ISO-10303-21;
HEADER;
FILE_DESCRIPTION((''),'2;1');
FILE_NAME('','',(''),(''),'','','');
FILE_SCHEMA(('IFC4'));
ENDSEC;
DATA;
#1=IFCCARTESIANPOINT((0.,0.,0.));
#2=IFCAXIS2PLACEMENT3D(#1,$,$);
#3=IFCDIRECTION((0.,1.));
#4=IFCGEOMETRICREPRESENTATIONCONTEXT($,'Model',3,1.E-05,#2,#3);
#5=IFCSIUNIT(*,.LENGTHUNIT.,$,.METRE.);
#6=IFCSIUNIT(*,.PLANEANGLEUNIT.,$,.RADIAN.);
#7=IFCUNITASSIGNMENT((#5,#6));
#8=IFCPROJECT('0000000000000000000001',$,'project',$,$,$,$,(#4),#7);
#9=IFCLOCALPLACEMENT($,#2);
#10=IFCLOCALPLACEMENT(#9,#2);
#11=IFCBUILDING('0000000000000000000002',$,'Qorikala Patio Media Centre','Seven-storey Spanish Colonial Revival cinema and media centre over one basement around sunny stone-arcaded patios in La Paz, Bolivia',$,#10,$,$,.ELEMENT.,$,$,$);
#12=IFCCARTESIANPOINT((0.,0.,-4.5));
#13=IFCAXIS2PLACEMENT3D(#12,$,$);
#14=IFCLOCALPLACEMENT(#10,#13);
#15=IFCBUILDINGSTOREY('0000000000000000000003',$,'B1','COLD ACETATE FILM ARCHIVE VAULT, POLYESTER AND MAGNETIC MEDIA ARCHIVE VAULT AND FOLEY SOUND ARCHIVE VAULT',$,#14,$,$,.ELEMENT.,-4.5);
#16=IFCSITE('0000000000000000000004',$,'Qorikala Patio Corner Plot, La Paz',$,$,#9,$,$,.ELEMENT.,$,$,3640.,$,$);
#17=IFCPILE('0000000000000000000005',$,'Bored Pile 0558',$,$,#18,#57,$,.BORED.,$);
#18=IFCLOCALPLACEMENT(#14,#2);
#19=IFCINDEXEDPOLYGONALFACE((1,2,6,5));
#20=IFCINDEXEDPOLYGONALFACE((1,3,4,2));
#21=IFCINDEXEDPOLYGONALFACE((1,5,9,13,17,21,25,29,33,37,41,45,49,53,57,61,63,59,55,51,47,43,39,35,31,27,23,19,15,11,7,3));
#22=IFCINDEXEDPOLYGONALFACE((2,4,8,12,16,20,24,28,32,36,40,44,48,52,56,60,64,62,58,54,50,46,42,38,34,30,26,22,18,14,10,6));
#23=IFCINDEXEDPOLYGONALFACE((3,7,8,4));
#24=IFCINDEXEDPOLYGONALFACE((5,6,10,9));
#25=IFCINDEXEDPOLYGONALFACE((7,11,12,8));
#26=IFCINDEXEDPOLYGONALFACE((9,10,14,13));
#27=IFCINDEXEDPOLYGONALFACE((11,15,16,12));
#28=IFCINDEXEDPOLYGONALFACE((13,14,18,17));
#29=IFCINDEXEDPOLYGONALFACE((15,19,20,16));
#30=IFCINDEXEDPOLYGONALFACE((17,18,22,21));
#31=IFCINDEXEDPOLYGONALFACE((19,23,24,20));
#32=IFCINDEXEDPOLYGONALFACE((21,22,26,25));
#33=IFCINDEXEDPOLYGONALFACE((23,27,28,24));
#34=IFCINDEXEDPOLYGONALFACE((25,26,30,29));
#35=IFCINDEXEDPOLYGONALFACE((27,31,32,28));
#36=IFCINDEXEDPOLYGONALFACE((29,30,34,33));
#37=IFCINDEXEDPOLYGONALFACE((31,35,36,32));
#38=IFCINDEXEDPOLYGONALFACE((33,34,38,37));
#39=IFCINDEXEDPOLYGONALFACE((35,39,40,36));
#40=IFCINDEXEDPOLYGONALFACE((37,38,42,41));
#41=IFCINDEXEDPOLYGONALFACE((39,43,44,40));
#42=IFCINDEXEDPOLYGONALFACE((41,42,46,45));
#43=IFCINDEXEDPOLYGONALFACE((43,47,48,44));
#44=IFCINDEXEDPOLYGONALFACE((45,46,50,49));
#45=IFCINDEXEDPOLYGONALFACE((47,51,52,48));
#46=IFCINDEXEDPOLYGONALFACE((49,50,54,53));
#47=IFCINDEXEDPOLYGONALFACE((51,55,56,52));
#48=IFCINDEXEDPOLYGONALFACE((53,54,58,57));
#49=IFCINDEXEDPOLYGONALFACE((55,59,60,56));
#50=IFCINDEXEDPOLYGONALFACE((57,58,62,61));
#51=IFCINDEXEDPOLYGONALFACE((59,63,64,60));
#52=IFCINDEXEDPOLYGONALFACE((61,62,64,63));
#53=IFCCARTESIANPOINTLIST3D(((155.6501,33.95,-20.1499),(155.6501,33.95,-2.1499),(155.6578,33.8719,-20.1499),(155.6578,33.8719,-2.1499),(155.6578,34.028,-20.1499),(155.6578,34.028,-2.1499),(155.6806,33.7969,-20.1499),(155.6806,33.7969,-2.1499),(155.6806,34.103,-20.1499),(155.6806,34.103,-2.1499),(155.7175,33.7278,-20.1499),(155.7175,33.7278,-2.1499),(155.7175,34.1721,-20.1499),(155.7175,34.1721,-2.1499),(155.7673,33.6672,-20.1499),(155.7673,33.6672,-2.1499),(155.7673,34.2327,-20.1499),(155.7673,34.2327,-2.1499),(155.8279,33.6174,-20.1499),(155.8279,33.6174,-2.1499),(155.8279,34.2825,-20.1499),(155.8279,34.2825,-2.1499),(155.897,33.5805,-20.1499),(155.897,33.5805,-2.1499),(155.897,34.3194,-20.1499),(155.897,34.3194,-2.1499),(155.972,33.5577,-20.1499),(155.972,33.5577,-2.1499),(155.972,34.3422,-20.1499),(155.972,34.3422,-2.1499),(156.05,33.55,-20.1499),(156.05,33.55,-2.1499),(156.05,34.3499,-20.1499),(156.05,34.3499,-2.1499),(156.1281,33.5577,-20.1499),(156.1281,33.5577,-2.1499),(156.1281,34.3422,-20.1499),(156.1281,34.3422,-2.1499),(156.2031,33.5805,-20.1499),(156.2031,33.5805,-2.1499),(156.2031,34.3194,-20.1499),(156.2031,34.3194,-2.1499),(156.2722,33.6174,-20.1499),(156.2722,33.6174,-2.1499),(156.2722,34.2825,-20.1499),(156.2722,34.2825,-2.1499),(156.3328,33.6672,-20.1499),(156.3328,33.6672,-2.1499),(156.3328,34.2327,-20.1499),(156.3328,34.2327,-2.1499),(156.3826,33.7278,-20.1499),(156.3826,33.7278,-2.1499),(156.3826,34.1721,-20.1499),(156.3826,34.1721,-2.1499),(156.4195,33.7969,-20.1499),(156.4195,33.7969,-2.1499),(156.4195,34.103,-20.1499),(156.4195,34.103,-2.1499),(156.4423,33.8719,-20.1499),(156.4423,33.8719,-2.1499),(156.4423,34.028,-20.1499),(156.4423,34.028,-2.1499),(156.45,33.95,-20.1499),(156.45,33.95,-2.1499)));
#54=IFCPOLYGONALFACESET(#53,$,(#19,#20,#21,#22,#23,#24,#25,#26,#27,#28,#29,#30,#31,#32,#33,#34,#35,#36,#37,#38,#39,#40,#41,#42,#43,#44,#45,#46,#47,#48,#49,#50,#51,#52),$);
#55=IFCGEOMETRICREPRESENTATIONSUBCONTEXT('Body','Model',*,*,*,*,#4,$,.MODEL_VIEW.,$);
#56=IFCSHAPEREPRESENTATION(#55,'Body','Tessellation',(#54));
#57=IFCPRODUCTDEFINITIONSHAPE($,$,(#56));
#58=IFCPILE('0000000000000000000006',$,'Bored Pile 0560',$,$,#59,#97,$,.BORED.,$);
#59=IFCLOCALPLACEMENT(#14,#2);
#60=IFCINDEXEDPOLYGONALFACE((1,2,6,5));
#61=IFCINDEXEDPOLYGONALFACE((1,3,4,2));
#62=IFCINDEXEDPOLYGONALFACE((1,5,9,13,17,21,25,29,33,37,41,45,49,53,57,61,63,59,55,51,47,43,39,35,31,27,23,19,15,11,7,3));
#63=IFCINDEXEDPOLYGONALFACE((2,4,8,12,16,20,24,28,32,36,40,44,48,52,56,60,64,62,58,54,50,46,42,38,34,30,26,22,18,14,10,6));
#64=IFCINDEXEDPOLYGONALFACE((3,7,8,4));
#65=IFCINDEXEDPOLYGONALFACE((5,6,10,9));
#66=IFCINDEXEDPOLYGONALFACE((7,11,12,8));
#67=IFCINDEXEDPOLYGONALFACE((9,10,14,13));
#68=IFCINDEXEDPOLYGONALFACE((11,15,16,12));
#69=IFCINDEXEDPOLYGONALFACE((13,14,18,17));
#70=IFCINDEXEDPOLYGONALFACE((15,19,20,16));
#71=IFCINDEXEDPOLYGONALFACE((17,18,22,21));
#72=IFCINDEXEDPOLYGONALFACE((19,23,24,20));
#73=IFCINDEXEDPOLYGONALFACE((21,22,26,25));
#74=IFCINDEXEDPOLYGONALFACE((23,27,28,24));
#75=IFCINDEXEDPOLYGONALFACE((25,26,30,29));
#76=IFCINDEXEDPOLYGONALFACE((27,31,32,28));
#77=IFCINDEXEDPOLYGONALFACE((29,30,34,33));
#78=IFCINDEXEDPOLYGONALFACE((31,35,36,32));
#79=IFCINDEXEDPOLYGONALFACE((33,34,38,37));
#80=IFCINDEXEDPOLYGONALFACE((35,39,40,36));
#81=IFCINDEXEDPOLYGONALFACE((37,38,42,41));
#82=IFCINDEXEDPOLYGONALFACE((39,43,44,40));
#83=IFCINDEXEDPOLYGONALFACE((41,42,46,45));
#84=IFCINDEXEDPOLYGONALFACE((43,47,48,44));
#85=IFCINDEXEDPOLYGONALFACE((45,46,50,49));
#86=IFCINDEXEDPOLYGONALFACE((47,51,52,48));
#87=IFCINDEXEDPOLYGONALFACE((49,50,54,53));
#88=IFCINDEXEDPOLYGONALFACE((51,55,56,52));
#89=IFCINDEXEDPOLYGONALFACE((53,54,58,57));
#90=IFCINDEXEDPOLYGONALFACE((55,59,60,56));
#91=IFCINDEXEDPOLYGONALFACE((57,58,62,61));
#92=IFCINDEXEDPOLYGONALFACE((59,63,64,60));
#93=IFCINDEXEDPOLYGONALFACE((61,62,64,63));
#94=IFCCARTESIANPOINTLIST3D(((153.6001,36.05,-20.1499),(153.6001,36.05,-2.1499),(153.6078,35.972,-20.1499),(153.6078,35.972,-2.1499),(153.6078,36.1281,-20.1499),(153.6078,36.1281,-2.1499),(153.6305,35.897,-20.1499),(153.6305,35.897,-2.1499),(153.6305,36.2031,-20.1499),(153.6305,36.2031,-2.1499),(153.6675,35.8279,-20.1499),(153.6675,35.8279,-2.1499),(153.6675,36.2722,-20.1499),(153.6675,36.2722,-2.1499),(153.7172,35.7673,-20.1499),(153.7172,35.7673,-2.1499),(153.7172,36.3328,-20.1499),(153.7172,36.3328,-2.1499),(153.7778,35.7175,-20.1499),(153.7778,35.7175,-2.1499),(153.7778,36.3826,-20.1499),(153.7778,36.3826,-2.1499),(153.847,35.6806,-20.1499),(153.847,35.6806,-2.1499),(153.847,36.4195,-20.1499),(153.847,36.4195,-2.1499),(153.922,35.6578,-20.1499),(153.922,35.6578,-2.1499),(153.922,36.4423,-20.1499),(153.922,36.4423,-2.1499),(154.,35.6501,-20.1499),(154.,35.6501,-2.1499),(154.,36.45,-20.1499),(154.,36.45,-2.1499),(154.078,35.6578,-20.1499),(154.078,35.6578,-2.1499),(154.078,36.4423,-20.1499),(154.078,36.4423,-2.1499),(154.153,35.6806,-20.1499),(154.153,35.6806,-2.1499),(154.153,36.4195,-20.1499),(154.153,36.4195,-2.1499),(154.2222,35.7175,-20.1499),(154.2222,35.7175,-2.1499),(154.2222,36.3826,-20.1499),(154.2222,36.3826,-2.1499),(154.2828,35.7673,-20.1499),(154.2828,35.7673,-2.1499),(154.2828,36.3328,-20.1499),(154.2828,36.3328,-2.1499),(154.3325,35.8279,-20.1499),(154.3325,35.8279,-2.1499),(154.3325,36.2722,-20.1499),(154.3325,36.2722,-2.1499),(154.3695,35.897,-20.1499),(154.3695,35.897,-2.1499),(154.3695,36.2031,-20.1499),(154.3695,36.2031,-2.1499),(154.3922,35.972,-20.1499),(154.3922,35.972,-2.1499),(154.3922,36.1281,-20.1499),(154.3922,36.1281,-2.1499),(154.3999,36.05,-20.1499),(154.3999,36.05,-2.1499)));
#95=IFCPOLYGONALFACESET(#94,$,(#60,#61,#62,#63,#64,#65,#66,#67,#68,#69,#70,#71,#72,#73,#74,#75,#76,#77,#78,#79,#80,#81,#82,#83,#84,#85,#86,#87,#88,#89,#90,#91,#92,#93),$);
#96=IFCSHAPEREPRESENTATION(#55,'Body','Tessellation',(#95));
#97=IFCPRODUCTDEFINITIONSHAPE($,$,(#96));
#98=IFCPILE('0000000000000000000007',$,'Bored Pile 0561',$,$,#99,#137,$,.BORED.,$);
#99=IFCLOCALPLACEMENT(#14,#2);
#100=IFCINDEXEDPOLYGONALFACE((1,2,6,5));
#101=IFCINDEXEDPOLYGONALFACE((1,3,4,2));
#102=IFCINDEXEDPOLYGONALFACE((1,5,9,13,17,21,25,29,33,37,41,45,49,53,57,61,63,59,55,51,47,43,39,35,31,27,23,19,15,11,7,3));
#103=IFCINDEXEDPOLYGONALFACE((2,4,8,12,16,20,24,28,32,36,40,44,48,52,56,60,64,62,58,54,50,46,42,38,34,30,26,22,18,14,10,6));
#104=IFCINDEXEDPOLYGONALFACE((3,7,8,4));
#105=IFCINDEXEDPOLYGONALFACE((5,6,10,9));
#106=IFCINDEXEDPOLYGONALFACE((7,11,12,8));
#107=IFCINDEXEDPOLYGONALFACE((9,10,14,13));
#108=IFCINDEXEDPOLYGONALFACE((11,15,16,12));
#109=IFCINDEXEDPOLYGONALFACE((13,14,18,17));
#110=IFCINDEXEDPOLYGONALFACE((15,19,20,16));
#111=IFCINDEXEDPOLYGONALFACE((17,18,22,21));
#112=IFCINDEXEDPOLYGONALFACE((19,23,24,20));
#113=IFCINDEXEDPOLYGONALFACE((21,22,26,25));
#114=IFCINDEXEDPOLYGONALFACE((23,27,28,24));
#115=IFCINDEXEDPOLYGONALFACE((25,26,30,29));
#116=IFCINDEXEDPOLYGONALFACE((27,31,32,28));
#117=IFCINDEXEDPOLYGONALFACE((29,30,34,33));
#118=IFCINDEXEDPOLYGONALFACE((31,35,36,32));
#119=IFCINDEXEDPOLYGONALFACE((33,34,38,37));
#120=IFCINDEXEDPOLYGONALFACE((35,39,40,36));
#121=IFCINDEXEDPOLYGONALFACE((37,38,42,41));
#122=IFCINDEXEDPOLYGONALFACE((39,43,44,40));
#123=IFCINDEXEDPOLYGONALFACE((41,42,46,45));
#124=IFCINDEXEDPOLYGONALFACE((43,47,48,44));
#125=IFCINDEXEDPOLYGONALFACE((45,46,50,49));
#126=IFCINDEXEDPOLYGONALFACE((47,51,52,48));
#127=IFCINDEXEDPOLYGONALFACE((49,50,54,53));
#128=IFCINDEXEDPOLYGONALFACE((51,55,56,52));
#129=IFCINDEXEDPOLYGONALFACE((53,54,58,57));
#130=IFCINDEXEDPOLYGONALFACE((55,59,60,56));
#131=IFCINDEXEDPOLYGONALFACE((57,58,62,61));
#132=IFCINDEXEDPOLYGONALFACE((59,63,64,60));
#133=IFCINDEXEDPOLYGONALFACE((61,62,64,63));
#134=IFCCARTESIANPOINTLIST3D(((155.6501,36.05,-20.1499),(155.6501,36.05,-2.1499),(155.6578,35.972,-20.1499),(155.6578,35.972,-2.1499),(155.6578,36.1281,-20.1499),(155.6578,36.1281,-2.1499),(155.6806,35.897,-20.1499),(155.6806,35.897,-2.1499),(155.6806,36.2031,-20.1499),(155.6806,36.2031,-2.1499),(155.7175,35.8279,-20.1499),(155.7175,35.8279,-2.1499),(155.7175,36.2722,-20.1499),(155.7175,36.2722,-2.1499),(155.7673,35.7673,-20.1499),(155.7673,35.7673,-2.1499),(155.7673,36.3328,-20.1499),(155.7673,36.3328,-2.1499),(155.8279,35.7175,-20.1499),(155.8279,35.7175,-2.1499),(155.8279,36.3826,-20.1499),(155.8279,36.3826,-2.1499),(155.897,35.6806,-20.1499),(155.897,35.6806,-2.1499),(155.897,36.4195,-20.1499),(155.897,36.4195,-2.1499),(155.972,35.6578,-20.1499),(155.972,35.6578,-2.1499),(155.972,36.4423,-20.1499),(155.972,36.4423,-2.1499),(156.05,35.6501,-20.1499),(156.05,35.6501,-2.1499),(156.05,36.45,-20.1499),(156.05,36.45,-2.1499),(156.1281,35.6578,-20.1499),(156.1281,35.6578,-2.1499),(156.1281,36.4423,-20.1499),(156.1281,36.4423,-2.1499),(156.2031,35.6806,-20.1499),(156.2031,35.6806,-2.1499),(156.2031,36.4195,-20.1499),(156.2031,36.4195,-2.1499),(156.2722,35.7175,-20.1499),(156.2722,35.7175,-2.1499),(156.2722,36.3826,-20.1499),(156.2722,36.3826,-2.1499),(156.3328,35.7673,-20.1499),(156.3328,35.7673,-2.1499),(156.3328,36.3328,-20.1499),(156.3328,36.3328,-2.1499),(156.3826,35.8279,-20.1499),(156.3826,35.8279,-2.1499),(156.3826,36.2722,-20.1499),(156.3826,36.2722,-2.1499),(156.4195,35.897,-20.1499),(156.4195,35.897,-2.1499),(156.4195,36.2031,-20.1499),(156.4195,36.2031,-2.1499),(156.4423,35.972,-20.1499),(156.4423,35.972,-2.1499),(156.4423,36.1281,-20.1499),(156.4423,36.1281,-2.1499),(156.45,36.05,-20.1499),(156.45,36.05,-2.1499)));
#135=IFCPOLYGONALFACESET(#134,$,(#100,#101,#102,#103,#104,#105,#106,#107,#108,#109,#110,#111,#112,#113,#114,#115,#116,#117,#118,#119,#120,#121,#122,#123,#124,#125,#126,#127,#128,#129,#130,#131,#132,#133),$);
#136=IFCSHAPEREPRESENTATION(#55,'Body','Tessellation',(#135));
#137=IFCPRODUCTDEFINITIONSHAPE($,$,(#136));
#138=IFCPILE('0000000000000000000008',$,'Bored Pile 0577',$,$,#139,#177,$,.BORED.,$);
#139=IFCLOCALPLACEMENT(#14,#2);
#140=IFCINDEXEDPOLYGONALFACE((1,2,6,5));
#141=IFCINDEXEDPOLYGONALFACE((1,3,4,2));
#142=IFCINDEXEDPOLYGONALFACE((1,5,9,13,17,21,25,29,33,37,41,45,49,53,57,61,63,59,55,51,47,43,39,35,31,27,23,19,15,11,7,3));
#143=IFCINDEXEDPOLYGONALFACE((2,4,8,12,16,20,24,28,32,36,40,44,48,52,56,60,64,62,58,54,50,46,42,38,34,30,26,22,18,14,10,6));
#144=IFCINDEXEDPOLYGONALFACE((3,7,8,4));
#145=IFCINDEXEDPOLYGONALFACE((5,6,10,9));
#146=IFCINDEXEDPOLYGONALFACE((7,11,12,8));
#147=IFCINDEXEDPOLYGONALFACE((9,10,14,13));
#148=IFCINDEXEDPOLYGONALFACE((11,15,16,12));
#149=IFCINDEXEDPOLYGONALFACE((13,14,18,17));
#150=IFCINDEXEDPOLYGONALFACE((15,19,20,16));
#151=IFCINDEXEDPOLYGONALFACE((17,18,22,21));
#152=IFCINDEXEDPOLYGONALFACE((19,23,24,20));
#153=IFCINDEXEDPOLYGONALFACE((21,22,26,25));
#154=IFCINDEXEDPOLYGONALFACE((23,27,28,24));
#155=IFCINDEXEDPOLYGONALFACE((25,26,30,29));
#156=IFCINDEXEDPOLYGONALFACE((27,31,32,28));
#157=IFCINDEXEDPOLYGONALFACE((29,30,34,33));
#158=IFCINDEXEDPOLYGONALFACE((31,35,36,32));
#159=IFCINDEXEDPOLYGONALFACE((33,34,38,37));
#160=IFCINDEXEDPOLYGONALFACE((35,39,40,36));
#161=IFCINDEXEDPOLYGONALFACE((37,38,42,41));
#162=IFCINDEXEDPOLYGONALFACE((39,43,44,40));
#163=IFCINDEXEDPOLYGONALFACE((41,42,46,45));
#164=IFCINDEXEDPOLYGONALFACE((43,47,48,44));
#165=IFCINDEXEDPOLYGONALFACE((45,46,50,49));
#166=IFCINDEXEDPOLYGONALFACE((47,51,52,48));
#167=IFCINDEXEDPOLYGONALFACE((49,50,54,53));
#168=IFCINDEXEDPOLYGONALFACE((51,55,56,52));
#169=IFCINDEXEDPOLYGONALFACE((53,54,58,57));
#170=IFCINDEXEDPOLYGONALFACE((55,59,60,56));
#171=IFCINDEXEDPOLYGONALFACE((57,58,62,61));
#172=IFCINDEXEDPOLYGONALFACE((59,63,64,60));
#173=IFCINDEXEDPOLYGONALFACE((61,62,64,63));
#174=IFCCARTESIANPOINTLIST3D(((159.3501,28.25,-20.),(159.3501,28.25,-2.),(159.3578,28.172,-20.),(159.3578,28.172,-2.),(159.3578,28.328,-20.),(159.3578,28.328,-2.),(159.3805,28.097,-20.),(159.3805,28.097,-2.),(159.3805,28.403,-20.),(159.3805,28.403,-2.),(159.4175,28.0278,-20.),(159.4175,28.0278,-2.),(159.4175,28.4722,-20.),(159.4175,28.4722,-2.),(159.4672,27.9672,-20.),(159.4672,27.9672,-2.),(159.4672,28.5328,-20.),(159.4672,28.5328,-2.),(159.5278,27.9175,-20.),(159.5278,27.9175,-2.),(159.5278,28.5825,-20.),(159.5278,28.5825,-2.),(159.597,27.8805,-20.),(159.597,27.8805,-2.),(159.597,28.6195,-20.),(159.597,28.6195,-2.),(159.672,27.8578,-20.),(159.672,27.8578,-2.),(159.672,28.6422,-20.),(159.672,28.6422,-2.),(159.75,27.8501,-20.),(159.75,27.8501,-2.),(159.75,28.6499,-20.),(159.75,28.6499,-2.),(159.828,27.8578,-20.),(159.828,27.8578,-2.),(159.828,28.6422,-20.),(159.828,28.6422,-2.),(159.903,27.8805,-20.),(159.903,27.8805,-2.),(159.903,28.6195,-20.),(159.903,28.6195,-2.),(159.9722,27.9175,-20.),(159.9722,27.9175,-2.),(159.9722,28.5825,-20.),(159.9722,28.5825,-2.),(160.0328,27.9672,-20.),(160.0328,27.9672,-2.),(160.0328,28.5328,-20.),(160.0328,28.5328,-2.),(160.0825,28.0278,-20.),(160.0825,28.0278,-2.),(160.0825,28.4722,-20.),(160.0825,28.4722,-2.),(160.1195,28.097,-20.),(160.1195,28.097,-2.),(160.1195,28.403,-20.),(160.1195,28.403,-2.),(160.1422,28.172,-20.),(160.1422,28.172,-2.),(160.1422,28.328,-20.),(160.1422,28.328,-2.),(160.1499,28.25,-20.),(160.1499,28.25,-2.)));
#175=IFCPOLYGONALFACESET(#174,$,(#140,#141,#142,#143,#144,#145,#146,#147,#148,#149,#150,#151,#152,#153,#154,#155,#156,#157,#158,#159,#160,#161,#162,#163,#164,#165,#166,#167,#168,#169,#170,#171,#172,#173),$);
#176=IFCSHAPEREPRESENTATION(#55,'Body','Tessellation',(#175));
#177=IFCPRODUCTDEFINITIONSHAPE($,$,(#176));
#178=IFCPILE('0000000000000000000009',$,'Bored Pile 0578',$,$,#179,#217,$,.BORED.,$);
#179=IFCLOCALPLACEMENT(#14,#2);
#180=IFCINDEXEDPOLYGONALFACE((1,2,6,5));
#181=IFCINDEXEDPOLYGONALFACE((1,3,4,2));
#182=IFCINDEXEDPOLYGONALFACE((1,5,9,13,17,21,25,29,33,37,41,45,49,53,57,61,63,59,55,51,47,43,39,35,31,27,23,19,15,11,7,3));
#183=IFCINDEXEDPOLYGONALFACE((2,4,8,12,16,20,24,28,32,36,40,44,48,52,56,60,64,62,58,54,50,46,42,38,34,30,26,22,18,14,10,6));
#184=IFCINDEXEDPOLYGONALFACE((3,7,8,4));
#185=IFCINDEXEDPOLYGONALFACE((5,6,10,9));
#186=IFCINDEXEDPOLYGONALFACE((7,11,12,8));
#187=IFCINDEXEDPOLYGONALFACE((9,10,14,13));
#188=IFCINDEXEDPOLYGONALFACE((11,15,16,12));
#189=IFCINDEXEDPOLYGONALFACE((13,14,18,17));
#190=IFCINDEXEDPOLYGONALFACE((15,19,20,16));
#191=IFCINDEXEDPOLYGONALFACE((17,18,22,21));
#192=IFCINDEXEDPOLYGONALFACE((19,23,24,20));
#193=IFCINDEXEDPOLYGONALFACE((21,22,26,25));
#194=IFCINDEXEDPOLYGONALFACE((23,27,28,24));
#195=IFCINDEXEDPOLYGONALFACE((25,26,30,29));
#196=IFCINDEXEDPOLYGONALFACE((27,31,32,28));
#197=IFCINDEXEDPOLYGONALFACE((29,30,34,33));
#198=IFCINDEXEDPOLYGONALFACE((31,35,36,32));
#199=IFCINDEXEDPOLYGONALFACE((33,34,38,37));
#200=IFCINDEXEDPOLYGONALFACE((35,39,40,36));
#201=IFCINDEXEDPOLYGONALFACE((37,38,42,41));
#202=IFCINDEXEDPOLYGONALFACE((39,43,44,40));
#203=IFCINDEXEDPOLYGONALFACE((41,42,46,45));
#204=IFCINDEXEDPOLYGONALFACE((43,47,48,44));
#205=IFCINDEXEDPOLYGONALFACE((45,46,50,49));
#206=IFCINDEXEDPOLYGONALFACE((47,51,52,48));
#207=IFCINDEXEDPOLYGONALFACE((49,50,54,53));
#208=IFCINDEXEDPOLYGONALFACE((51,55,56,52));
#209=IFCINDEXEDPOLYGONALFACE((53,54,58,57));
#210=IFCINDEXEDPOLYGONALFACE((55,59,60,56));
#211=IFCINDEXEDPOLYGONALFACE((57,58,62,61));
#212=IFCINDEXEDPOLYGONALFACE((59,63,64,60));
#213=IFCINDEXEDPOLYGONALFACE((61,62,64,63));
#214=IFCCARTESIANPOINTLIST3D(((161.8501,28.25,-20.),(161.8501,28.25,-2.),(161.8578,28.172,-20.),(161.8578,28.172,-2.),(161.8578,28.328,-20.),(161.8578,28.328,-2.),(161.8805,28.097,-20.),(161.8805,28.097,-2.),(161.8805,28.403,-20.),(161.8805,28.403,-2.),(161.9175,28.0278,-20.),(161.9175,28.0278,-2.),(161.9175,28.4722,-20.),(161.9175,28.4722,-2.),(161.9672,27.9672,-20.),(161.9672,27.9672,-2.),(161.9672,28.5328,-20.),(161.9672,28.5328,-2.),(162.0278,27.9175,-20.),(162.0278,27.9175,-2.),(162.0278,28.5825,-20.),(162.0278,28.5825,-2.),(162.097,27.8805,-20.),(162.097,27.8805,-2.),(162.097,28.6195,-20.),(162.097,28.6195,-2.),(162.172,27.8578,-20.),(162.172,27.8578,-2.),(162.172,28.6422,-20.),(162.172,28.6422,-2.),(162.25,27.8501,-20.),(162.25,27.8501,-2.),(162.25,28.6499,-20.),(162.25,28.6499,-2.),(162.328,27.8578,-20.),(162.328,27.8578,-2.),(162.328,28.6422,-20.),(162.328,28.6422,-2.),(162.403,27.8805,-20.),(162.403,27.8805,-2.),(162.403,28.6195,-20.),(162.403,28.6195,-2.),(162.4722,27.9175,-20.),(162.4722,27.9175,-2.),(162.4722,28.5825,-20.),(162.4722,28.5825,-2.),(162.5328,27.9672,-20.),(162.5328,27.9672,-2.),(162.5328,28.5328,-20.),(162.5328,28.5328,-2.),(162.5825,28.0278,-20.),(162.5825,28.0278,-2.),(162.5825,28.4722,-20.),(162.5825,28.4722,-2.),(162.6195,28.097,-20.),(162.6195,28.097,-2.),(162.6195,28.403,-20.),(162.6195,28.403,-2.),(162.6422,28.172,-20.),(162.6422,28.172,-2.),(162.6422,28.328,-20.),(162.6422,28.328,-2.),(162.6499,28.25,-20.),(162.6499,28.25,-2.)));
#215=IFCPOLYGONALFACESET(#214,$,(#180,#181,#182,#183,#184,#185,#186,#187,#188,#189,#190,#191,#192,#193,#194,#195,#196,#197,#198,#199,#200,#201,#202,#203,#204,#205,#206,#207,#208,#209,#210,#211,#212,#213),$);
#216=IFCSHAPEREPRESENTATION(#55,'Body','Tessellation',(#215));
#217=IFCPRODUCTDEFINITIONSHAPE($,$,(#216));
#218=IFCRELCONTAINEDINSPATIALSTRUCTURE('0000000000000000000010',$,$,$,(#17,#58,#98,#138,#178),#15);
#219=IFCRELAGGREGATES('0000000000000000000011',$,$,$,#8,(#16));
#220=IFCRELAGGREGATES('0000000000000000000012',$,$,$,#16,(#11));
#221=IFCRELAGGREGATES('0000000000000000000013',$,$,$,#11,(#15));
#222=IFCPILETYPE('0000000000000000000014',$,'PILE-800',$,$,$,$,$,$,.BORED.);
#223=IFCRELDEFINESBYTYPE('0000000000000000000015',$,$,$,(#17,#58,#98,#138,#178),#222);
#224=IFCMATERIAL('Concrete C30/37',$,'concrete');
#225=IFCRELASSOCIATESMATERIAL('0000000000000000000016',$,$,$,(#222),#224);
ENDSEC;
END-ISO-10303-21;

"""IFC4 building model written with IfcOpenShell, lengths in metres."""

from ifc_helpers import new_model, si_unit, direction, frame, origin, origin_2d, place, context, subcontext, project, spatial, circle, extrude, material, material_profile, profile_set, type_object, element, save


model = new_model("IFC4")

# Units and contexts
model_context = context("Model", 3, precision=1e-05, world=origin(), true_north=direction((0.0, 1.0)))
body_context = subcontext(model_context, "Body", "Model", "MODEL_VIEW")
ifc_project = project(units=[si_unit("LENGTHUNIT", "METRE"), si_unit("PLANEANGLEUNIT", "RADIAN")], contexts=[model_context])

# Site, building, storey
site_placement = place(None, origin())
site = spatial("IfcSite", under=ifc_project, at=site_placement, Name="Qorikala Patio Corner Plot, La Paz", CompositionType="ELEMENT", RefElevation=3640.0)
building_placement = place(site_placement, origin())
building = spatial("IfcBuilding", under=site, at=building_placement, Name="Qorikala Patio Media Centre", Description="Seven-storey Spanish Colonial Revival cinema and media centre over one basement around sunny stone-arcaded patios in La Paz, Bolivia", CompositionType="ELEMENT")
storey_placement = place(building_placement, frame((0.0, 0.0, -4.5)))
storey = spatial("IfcBuildingStorey", under=building, at=storey_placement, Name="B1", Description="COLD ACETATE FILM ARCHIVE VAULT, POLYESTER AND MAGNETIC MEDIA ARCHIVE VAULT AND FOLEY SOUND ARCHIVE VAULT", CompositionType="ELEMENT", Elevation=-4.5)

# Shared definitions
ifc_material_1 = material(Name="Concrete C30/37", Category="concrete")

# Piles
ifc_material_profile_1 = material_profile(ifc_material_1, circle(Radius=0.3999, at=origin_2d()), Name="BORED PILE 800")
ifc_profile_set_1 = profile_set([ifc_material_profile_1], Name="Concrete C30/37")
pile_type = type_object("IfcPileType", Name="PILE-800", PredefinedType="BORED", material=ifc_profile_set_1)
for number, where, z_axis, x_axis, name in (
    (1, (156.05, 33.95, -2.1499), (0.0, 0.0, -1.0), (1.0, 0.0, 0.0), "Bored Pile 0558"),
    (2, (154.0, 36.05, -2.1499), (0.0, 0.0, -1.0), (1.0, 0.0, 0.0), "Bored Pile 0560"),
    (3, (156.05, 36.05, -2.1499), (0.0, 0.0, -1.0), (1.0, 0.0, 0.0), "Bored Pile 0561"),
    (4, (159.75, 28.25, -2.0), (0.0, 0.0, -1.0), (1.0, 0.0, 0.0), "Bored Pile 0577"),
    (5, (162.25, 28.25, -2.0), (0.0, 0.0, -1.0), (1.0, 0.0, 0.0), "Bored Pile 0578"),
):
    element("IfcPile", number, at=place(storey_placement, frame(where, z_axis=z_axis, x_axis=x_axis)), inside=storey, type_object=pile_type, Name=name, PredefinedType="BORED", context=body_context, shape_type="SweptSolid", body=[
        extrude(circle(Radius=0.3999, at=origin_2d()), origin(), (0.0, 0.0, 1.0), 18.0),
    ])

save(model, "model.ifc")
